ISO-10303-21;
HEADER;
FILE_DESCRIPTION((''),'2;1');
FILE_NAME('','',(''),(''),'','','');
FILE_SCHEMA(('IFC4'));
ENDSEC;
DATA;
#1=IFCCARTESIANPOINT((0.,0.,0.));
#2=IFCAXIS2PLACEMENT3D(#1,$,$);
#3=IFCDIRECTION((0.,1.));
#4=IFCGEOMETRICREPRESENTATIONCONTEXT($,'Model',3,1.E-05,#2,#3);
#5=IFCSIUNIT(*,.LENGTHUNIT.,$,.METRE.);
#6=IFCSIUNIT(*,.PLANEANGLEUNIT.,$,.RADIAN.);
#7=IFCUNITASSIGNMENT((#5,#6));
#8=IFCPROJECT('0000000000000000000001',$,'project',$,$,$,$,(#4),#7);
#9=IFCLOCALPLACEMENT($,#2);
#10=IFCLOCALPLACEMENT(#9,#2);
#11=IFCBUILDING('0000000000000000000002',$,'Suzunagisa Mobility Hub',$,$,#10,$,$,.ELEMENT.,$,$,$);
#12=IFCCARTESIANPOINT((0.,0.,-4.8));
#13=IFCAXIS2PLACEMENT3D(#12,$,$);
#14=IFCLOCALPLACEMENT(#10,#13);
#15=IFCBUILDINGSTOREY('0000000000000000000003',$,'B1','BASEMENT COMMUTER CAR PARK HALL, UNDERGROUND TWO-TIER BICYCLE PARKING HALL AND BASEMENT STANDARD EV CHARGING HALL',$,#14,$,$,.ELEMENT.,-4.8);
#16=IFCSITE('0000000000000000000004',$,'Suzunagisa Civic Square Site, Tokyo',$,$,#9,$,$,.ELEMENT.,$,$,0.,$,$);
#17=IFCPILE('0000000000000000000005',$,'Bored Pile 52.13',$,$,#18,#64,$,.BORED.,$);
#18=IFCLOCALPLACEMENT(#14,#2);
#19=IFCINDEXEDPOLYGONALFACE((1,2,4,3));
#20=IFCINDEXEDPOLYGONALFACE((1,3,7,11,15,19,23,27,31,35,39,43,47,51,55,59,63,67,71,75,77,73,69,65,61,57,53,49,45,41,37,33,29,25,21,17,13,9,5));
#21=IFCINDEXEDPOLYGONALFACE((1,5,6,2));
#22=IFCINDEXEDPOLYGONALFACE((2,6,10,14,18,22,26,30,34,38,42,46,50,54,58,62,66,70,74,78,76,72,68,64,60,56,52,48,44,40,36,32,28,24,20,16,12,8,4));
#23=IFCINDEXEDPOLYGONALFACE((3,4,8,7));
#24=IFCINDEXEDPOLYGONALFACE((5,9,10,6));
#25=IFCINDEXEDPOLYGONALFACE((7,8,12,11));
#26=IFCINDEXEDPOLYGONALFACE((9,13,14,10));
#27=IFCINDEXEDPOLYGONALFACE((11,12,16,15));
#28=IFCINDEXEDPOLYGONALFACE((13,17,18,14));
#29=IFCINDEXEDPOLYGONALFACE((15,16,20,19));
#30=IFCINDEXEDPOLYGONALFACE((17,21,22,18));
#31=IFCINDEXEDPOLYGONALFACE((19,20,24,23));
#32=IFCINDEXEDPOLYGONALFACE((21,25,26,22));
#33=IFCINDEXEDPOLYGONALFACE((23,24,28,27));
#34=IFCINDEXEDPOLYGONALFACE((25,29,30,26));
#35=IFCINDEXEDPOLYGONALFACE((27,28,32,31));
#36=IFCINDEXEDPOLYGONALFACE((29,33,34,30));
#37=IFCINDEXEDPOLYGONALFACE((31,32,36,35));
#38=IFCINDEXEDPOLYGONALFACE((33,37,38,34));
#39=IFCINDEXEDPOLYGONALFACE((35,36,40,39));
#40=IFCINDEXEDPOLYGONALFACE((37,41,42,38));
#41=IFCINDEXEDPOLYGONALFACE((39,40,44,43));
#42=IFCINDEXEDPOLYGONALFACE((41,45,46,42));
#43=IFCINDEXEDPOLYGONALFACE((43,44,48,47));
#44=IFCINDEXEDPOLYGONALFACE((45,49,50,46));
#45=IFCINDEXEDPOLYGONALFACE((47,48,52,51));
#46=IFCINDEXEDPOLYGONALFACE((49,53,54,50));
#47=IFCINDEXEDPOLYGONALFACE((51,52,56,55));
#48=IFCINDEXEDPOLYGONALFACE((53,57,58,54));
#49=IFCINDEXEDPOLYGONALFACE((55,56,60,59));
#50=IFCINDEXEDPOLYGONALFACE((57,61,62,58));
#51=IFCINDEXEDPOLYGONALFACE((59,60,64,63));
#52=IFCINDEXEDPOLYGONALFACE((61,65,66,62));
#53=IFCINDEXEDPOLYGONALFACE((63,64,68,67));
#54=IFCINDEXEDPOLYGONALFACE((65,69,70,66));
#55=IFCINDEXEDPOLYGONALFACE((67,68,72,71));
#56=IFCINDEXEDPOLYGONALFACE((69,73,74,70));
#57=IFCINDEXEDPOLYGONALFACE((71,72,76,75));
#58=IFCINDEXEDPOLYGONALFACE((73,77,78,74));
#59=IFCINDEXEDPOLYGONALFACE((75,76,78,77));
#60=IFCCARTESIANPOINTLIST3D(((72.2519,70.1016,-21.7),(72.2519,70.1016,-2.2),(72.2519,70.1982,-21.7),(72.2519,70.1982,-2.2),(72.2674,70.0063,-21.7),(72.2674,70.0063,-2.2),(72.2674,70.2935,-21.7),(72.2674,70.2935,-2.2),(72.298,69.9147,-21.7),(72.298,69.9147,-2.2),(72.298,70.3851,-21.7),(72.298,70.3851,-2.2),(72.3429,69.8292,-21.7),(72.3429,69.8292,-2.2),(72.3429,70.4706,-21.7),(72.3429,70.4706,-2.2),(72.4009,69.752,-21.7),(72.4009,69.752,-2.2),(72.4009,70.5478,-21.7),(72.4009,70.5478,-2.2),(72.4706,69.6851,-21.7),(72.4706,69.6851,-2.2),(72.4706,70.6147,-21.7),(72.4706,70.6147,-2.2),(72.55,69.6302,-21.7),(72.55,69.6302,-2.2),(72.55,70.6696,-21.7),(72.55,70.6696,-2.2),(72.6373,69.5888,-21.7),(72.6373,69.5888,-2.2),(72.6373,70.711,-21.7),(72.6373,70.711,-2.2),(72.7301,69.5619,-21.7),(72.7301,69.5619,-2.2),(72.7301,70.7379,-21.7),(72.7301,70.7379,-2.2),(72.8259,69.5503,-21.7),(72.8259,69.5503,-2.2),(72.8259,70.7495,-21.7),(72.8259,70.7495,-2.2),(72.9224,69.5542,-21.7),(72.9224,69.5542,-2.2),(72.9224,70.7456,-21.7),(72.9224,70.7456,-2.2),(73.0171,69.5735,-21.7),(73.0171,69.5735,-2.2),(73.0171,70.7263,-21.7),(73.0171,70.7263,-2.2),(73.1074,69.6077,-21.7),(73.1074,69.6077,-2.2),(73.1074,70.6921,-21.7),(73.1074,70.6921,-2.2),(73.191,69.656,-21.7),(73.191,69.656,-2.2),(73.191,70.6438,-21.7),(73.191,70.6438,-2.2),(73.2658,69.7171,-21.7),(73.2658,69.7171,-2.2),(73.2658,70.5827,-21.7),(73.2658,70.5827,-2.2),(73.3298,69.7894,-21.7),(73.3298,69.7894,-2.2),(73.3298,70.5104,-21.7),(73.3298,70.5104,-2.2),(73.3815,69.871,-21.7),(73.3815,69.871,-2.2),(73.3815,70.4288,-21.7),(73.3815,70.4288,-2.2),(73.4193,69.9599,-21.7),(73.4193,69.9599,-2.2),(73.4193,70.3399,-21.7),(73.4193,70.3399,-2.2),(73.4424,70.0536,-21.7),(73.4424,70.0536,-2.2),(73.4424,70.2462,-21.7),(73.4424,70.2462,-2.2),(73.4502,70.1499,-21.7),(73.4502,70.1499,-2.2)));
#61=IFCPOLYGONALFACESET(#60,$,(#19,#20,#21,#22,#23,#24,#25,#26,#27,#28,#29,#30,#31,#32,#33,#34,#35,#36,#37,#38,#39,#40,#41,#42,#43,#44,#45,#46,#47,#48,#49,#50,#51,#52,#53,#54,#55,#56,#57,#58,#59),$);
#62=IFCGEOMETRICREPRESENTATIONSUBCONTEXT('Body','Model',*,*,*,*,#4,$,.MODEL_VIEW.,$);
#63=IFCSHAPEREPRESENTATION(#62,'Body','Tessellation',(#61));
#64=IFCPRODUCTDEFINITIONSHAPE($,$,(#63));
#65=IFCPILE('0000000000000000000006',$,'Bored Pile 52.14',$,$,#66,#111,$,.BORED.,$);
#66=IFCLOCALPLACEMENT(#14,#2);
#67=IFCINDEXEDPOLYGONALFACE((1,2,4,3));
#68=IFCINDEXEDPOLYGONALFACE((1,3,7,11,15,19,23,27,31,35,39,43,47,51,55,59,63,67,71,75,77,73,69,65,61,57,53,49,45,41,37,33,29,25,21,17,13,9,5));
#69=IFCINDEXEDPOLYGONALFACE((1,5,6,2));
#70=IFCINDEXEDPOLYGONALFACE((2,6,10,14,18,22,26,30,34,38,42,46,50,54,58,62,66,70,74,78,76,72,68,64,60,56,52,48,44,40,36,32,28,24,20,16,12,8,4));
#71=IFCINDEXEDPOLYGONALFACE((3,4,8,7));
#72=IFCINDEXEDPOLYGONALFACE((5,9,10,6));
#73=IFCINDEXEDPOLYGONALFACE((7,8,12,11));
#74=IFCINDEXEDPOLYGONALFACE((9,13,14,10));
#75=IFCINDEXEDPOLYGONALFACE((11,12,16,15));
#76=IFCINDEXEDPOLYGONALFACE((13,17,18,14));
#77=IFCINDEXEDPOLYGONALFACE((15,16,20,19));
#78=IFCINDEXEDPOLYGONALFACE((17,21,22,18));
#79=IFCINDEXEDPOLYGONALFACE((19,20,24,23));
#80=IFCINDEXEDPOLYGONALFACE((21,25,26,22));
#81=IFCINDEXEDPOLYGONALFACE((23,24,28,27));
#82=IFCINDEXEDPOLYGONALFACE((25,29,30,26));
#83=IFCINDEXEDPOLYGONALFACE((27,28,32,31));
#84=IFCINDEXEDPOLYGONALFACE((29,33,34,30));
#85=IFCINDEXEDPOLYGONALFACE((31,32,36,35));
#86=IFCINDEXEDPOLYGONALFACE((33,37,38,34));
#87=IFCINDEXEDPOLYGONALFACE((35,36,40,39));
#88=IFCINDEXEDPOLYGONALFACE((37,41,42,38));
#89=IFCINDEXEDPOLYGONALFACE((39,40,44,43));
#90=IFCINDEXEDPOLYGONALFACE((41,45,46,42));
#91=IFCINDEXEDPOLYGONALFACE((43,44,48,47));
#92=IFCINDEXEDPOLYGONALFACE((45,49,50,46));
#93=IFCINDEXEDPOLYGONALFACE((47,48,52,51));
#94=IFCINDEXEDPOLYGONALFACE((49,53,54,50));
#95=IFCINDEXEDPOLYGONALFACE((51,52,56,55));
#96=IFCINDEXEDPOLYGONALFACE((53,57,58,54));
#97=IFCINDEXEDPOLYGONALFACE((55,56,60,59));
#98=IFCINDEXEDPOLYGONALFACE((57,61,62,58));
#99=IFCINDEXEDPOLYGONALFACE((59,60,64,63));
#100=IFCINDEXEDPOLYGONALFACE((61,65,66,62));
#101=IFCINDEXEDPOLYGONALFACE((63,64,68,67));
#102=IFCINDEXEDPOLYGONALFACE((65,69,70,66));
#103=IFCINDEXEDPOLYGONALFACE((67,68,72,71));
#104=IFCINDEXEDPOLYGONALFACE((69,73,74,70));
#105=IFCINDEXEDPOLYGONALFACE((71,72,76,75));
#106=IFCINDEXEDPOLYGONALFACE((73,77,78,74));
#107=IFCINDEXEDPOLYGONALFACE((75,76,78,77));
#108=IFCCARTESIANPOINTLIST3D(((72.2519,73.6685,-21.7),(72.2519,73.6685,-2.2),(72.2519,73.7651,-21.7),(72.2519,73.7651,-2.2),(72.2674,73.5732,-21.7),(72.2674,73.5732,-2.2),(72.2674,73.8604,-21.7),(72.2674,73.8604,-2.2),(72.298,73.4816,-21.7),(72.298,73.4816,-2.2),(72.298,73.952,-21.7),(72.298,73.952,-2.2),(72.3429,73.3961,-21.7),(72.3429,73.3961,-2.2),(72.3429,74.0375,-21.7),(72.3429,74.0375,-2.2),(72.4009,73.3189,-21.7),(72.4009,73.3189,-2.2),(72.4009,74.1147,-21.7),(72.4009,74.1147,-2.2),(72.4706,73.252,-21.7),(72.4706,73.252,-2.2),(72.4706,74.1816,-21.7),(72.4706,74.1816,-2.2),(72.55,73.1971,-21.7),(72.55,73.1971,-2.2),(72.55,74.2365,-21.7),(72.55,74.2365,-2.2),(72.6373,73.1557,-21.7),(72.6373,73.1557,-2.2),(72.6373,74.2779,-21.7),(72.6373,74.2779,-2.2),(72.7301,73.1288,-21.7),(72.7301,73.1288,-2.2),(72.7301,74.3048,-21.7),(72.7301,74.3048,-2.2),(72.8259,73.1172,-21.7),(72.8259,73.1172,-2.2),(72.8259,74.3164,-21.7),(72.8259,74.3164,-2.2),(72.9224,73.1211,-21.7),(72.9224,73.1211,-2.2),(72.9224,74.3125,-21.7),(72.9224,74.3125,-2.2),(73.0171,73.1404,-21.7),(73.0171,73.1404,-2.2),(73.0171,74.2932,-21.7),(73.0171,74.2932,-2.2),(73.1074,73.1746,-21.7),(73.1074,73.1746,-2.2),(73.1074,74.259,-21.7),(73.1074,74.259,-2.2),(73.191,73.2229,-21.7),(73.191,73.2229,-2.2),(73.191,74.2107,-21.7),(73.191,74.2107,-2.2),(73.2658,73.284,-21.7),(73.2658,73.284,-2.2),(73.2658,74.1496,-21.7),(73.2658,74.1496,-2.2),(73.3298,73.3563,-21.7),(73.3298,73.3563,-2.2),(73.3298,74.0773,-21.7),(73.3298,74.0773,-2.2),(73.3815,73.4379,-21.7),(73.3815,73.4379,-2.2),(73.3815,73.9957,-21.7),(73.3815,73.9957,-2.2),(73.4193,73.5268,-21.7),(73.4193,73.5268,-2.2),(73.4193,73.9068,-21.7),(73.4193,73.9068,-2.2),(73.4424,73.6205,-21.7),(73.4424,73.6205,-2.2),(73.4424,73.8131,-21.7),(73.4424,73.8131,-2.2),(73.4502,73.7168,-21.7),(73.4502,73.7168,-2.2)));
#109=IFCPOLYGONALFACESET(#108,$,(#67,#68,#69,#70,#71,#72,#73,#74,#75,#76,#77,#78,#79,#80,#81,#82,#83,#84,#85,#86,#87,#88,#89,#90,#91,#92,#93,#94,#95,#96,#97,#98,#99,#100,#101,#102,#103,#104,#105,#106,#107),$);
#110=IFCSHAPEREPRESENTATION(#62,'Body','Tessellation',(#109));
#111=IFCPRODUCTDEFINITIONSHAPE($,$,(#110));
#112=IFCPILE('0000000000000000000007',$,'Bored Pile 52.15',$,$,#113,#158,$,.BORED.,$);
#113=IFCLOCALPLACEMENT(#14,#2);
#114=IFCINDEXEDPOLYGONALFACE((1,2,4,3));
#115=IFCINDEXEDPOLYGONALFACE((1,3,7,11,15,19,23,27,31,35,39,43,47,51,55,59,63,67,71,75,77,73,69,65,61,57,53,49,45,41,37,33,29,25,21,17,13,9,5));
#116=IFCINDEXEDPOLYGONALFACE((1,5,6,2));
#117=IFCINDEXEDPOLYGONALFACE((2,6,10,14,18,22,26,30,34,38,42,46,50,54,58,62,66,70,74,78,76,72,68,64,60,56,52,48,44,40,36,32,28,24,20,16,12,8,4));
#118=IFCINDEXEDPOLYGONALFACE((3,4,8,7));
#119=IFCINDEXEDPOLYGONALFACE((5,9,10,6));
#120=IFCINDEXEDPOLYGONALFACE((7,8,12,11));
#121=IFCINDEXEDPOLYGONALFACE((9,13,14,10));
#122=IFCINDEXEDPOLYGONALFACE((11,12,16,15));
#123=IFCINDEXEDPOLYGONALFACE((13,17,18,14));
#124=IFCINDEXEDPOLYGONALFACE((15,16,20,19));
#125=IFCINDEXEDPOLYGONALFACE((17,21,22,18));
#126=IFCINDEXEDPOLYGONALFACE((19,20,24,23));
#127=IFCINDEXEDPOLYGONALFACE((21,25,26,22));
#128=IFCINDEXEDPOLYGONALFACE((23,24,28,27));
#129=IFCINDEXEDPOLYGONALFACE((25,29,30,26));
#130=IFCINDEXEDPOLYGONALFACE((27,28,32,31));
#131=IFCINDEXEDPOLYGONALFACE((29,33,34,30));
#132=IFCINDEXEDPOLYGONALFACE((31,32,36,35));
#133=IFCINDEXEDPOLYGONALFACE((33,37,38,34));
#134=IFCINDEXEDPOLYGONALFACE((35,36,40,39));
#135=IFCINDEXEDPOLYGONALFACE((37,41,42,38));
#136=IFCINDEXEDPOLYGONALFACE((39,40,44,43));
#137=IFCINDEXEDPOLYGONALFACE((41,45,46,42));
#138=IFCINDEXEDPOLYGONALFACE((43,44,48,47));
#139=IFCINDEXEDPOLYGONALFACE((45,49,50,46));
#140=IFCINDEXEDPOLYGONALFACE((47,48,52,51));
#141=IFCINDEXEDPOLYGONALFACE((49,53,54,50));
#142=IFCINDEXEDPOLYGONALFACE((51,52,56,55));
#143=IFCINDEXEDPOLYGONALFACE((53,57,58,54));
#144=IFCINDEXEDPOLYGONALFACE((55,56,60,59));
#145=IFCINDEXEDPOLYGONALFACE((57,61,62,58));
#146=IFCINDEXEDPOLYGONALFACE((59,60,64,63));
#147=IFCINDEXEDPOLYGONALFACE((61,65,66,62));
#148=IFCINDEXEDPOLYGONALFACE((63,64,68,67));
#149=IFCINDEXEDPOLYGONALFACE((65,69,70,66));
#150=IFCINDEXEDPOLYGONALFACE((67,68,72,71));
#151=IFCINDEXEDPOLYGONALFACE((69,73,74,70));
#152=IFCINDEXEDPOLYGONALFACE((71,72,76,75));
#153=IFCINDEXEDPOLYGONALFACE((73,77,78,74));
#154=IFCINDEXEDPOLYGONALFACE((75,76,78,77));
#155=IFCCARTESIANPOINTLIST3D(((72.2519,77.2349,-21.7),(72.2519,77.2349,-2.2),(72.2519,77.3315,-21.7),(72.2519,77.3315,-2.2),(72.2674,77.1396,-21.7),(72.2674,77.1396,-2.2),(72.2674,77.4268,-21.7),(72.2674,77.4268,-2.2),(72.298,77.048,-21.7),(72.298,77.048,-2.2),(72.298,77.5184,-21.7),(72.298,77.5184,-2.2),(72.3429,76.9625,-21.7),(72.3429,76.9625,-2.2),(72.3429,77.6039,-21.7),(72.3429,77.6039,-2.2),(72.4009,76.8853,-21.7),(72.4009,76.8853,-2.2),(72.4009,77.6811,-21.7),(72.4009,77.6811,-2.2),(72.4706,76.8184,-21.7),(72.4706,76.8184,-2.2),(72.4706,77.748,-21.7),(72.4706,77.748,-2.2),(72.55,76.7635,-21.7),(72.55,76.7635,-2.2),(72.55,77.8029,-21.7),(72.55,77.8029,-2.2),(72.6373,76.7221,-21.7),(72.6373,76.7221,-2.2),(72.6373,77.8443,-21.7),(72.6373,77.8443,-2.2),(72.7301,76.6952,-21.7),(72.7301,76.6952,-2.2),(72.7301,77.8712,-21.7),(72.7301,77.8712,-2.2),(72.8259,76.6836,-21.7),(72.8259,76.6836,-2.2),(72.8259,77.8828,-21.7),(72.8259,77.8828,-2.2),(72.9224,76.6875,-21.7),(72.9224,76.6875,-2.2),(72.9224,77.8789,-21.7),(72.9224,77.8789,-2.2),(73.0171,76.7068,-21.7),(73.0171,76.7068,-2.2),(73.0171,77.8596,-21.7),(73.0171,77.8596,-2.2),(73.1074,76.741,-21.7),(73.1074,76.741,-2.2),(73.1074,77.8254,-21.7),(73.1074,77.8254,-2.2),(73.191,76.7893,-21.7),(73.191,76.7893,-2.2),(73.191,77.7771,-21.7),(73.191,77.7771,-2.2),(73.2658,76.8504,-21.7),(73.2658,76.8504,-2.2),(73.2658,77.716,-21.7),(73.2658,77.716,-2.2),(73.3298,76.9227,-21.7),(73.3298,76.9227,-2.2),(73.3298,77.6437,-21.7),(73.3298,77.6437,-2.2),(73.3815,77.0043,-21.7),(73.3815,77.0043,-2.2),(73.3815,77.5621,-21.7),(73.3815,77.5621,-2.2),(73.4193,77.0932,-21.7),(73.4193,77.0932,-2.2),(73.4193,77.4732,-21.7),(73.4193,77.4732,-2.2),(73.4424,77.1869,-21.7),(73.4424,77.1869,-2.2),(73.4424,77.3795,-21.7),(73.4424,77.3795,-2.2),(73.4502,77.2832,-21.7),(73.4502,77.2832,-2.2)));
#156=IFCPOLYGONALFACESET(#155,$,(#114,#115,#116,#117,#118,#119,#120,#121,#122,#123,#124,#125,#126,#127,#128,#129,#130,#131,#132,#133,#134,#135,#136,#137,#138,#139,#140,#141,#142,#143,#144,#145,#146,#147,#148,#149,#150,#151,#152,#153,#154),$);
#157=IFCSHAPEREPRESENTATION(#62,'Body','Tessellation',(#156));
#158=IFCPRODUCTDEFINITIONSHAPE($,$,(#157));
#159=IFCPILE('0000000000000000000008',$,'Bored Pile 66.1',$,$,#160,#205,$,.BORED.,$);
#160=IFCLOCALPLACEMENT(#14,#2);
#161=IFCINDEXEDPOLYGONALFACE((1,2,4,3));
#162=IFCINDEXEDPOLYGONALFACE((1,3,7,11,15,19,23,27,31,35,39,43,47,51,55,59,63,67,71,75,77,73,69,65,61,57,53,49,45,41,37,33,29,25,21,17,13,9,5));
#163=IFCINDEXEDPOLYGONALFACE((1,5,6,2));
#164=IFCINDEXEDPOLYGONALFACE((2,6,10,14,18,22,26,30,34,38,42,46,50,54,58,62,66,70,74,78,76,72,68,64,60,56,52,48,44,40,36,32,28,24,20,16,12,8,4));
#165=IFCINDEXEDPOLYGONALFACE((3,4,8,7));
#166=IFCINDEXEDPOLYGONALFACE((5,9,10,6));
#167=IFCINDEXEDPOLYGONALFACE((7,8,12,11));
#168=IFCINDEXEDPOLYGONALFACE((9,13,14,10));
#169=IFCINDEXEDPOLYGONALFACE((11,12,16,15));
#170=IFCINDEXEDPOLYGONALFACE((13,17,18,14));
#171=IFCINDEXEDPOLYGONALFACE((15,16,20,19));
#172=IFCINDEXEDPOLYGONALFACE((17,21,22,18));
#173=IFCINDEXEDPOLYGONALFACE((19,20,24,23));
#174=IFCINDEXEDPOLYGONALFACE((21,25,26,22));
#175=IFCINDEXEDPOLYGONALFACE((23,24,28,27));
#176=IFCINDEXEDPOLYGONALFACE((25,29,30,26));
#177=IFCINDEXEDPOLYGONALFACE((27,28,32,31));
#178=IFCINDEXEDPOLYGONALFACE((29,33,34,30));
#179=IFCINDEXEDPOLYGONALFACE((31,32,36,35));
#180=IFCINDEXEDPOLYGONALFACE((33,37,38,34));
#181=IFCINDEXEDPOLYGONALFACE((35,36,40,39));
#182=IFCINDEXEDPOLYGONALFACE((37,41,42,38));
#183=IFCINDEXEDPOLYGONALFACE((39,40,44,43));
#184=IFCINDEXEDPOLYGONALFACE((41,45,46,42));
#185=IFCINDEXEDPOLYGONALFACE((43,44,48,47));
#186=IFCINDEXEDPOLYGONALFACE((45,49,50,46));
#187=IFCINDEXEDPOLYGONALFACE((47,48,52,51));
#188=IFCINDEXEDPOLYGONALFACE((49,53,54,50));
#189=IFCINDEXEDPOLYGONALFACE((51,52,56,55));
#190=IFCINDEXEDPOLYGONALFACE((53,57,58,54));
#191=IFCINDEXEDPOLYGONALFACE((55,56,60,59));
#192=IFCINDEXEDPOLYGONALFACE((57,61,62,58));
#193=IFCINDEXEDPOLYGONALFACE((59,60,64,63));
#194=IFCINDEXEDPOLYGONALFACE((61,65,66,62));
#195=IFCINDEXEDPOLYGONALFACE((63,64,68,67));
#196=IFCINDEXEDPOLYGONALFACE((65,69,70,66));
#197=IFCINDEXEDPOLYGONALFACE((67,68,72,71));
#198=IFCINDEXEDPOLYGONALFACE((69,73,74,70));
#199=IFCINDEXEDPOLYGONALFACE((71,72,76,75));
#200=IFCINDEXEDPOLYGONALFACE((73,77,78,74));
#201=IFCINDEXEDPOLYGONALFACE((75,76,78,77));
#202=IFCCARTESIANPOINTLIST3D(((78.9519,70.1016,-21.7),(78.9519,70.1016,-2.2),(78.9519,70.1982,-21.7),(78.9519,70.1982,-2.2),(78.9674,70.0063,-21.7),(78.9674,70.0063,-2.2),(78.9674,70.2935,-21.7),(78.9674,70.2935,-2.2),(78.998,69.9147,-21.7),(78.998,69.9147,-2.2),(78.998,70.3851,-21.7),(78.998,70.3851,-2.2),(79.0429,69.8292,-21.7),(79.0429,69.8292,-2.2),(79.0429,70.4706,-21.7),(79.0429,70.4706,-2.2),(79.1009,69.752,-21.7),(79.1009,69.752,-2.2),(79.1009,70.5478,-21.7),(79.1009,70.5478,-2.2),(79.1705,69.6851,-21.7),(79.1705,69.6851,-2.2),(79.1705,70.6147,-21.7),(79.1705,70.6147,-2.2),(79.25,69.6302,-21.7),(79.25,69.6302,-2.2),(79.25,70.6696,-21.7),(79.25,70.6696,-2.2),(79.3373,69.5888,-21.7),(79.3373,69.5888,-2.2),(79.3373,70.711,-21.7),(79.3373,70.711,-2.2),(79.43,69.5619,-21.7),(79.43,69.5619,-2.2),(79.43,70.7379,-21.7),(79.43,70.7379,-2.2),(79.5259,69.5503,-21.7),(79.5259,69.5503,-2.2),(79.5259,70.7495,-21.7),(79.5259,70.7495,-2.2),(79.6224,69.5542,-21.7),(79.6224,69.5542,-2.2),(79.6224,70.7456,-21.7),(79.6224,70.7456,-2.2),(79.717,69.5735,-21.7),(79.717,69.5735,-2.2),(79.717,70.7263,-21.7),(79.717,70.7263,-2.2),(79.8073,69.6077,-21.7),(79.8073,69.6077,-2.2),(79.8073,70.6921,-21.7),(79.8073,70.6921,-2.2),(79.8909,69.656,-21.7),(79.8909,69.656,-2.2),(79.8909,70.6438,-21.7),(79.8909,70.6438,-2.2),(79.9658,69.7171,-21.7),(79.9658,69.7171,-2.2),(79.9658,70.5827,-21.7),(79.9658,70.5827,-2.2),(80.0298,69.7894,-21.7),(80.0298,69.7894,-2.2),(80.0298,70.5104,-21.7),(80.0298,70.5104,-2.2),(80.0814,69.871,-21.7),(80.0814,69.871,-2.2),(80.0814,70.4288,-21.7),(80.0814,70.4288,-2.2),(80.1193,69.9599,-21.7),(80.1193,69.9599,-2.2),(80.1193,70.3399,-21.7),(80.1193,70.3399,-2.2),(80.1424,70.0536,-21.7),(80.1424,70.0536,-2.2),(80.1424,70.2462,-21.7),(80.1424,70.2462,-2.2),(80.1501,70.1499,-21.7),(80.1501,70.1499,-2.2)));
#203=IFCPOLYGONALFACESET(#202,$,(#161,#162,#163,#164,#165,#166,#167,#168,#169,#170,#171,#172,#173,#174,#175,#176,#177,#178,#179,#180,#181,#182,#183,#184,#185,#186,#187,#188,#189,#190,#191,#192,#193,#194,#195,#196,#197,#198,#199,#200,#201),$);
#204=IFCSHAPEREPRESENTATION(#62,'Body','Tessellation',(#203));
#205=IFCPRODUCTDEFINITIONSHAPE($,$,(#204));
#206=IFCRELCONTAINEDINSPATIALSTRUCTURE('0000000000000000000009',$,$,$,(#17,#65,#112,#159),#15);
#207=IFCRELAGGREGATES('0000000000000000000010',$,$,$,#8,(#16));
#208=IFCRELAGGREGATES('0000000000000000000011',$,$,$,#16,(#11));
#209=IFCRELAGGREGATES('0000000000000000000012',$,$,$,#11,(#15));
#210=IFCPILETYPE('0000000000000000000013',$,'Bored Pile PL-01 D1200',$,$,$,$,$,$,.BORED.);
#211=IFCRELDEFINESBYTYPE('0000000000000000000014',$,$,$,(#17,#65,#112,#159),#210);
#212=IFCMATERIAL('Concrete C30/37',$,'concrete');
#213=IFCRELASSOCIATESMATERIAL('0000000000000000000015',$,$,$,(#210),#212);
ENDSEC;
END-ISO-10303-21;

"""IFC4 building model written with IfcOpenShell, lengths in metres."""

from ifc_helpers import new_model, si_unit, direction, frame, origin, origin_2d, place, context, subcontext, project, spatial, circle, extrude, material, material_profile, profile_set, type_object, element, save


model = new_model("IFC4")

# Units and contexts
model_context = context("Model", 3, precision=1e-05, world=origin(), true_north=direction((0.0, 1.0)))
body_context = subcontext(model_context, "Body", "Model", "MODEL_VIEW")
ifc_project = project(units=[si_unit("LENGTHUNIT", "METRE"), si_unit("PLANEANGLEUNIT", "RADIAN")], contexts=[model_context])

# Site, building, storey
site_placement = place(None, origin())
site = spatial("IfcSite", under=ifc_project, at=site_placement, Name="Suzunagisa Civic Square Site, Tokyo", CompositionType="ELEMENT", RefElevation=0.0)
building_placement = place(site_placement, origin())
building = spatial("IfcBuilding", under=site, at=building_placement, Name="Suzunagisa Mobility Hub", CompositionType="ELEMENT")
storey_placement = place(building_placement, frame((0.0, 0.0, -4.8)))
storey = spatial("IfcBuildingStorey", under=building, at=storey_placement, Name="B1", Description="BASEMENT COMMUTER CAR PARK HALL, UNDERGROUND TWO-TIER BICYCLE PARKING HALL AND BASEMENT STANDARD EV CHARGING HALL", CompositionType="ELEMENT", Elevation=-4.8)

# Piles
ifc_material_1 = material(Name="Concrete C30/37", Category="concrete")
ifc_material_profile_1 = material_profile(ifc_material_1, circle(Radius=0.6001, at=origin_2d()), Name="BORED PILE D1200")
ifc_profile_set_1 = profile_set([ifc_material_profile_1], Name="Concrete C30/37")
pile_type_1 = type_object("IfcPileType", Name="Bored Pile PL-01 D1200", PredefinedType="BORED", material=ifc_profile_set_1)
for number, where, z_axis, x_axis, name in (
    (1, (72.8501, 70.1499, -2.2), (0.0, 0.0, -1.0), (1.0, 0.0, 0.0), "Bored Pile 52.13"),
    (2, (72.8501, 73.7168, -2.2), (0.0, 0.0, -1.0), (1.0, 0.0, 0.0), "Bored Pile 52.14"),
    (3, (72.8501, 77.2832, -2.2), (0.0, 0.0, -1.0), (1.0, 0.0, 0.0), "Bored Pile 52.15"),
    (4, (79.55, 70.1499, -2.2), (0.0, 0.0, -1.0), (1.0, 0.0, 0.0), "Bored Pile 66.1"),
):
    element("IfcPile", number, at=place(storey_placement, frame(where, z_axis=z_axis, x_axis=x_axis)), inside=storey, type_object=pile_type_1, Name=name, PredefinedType="BORED", context=body_context, shape_type="SweptSolid", body=[
        extrude(circle(Radius=0.6001, at=origin_2d()), origin(), (0.0, 0.0, 1.0), 19.5),
    ])

save(model, "model.ifc")
